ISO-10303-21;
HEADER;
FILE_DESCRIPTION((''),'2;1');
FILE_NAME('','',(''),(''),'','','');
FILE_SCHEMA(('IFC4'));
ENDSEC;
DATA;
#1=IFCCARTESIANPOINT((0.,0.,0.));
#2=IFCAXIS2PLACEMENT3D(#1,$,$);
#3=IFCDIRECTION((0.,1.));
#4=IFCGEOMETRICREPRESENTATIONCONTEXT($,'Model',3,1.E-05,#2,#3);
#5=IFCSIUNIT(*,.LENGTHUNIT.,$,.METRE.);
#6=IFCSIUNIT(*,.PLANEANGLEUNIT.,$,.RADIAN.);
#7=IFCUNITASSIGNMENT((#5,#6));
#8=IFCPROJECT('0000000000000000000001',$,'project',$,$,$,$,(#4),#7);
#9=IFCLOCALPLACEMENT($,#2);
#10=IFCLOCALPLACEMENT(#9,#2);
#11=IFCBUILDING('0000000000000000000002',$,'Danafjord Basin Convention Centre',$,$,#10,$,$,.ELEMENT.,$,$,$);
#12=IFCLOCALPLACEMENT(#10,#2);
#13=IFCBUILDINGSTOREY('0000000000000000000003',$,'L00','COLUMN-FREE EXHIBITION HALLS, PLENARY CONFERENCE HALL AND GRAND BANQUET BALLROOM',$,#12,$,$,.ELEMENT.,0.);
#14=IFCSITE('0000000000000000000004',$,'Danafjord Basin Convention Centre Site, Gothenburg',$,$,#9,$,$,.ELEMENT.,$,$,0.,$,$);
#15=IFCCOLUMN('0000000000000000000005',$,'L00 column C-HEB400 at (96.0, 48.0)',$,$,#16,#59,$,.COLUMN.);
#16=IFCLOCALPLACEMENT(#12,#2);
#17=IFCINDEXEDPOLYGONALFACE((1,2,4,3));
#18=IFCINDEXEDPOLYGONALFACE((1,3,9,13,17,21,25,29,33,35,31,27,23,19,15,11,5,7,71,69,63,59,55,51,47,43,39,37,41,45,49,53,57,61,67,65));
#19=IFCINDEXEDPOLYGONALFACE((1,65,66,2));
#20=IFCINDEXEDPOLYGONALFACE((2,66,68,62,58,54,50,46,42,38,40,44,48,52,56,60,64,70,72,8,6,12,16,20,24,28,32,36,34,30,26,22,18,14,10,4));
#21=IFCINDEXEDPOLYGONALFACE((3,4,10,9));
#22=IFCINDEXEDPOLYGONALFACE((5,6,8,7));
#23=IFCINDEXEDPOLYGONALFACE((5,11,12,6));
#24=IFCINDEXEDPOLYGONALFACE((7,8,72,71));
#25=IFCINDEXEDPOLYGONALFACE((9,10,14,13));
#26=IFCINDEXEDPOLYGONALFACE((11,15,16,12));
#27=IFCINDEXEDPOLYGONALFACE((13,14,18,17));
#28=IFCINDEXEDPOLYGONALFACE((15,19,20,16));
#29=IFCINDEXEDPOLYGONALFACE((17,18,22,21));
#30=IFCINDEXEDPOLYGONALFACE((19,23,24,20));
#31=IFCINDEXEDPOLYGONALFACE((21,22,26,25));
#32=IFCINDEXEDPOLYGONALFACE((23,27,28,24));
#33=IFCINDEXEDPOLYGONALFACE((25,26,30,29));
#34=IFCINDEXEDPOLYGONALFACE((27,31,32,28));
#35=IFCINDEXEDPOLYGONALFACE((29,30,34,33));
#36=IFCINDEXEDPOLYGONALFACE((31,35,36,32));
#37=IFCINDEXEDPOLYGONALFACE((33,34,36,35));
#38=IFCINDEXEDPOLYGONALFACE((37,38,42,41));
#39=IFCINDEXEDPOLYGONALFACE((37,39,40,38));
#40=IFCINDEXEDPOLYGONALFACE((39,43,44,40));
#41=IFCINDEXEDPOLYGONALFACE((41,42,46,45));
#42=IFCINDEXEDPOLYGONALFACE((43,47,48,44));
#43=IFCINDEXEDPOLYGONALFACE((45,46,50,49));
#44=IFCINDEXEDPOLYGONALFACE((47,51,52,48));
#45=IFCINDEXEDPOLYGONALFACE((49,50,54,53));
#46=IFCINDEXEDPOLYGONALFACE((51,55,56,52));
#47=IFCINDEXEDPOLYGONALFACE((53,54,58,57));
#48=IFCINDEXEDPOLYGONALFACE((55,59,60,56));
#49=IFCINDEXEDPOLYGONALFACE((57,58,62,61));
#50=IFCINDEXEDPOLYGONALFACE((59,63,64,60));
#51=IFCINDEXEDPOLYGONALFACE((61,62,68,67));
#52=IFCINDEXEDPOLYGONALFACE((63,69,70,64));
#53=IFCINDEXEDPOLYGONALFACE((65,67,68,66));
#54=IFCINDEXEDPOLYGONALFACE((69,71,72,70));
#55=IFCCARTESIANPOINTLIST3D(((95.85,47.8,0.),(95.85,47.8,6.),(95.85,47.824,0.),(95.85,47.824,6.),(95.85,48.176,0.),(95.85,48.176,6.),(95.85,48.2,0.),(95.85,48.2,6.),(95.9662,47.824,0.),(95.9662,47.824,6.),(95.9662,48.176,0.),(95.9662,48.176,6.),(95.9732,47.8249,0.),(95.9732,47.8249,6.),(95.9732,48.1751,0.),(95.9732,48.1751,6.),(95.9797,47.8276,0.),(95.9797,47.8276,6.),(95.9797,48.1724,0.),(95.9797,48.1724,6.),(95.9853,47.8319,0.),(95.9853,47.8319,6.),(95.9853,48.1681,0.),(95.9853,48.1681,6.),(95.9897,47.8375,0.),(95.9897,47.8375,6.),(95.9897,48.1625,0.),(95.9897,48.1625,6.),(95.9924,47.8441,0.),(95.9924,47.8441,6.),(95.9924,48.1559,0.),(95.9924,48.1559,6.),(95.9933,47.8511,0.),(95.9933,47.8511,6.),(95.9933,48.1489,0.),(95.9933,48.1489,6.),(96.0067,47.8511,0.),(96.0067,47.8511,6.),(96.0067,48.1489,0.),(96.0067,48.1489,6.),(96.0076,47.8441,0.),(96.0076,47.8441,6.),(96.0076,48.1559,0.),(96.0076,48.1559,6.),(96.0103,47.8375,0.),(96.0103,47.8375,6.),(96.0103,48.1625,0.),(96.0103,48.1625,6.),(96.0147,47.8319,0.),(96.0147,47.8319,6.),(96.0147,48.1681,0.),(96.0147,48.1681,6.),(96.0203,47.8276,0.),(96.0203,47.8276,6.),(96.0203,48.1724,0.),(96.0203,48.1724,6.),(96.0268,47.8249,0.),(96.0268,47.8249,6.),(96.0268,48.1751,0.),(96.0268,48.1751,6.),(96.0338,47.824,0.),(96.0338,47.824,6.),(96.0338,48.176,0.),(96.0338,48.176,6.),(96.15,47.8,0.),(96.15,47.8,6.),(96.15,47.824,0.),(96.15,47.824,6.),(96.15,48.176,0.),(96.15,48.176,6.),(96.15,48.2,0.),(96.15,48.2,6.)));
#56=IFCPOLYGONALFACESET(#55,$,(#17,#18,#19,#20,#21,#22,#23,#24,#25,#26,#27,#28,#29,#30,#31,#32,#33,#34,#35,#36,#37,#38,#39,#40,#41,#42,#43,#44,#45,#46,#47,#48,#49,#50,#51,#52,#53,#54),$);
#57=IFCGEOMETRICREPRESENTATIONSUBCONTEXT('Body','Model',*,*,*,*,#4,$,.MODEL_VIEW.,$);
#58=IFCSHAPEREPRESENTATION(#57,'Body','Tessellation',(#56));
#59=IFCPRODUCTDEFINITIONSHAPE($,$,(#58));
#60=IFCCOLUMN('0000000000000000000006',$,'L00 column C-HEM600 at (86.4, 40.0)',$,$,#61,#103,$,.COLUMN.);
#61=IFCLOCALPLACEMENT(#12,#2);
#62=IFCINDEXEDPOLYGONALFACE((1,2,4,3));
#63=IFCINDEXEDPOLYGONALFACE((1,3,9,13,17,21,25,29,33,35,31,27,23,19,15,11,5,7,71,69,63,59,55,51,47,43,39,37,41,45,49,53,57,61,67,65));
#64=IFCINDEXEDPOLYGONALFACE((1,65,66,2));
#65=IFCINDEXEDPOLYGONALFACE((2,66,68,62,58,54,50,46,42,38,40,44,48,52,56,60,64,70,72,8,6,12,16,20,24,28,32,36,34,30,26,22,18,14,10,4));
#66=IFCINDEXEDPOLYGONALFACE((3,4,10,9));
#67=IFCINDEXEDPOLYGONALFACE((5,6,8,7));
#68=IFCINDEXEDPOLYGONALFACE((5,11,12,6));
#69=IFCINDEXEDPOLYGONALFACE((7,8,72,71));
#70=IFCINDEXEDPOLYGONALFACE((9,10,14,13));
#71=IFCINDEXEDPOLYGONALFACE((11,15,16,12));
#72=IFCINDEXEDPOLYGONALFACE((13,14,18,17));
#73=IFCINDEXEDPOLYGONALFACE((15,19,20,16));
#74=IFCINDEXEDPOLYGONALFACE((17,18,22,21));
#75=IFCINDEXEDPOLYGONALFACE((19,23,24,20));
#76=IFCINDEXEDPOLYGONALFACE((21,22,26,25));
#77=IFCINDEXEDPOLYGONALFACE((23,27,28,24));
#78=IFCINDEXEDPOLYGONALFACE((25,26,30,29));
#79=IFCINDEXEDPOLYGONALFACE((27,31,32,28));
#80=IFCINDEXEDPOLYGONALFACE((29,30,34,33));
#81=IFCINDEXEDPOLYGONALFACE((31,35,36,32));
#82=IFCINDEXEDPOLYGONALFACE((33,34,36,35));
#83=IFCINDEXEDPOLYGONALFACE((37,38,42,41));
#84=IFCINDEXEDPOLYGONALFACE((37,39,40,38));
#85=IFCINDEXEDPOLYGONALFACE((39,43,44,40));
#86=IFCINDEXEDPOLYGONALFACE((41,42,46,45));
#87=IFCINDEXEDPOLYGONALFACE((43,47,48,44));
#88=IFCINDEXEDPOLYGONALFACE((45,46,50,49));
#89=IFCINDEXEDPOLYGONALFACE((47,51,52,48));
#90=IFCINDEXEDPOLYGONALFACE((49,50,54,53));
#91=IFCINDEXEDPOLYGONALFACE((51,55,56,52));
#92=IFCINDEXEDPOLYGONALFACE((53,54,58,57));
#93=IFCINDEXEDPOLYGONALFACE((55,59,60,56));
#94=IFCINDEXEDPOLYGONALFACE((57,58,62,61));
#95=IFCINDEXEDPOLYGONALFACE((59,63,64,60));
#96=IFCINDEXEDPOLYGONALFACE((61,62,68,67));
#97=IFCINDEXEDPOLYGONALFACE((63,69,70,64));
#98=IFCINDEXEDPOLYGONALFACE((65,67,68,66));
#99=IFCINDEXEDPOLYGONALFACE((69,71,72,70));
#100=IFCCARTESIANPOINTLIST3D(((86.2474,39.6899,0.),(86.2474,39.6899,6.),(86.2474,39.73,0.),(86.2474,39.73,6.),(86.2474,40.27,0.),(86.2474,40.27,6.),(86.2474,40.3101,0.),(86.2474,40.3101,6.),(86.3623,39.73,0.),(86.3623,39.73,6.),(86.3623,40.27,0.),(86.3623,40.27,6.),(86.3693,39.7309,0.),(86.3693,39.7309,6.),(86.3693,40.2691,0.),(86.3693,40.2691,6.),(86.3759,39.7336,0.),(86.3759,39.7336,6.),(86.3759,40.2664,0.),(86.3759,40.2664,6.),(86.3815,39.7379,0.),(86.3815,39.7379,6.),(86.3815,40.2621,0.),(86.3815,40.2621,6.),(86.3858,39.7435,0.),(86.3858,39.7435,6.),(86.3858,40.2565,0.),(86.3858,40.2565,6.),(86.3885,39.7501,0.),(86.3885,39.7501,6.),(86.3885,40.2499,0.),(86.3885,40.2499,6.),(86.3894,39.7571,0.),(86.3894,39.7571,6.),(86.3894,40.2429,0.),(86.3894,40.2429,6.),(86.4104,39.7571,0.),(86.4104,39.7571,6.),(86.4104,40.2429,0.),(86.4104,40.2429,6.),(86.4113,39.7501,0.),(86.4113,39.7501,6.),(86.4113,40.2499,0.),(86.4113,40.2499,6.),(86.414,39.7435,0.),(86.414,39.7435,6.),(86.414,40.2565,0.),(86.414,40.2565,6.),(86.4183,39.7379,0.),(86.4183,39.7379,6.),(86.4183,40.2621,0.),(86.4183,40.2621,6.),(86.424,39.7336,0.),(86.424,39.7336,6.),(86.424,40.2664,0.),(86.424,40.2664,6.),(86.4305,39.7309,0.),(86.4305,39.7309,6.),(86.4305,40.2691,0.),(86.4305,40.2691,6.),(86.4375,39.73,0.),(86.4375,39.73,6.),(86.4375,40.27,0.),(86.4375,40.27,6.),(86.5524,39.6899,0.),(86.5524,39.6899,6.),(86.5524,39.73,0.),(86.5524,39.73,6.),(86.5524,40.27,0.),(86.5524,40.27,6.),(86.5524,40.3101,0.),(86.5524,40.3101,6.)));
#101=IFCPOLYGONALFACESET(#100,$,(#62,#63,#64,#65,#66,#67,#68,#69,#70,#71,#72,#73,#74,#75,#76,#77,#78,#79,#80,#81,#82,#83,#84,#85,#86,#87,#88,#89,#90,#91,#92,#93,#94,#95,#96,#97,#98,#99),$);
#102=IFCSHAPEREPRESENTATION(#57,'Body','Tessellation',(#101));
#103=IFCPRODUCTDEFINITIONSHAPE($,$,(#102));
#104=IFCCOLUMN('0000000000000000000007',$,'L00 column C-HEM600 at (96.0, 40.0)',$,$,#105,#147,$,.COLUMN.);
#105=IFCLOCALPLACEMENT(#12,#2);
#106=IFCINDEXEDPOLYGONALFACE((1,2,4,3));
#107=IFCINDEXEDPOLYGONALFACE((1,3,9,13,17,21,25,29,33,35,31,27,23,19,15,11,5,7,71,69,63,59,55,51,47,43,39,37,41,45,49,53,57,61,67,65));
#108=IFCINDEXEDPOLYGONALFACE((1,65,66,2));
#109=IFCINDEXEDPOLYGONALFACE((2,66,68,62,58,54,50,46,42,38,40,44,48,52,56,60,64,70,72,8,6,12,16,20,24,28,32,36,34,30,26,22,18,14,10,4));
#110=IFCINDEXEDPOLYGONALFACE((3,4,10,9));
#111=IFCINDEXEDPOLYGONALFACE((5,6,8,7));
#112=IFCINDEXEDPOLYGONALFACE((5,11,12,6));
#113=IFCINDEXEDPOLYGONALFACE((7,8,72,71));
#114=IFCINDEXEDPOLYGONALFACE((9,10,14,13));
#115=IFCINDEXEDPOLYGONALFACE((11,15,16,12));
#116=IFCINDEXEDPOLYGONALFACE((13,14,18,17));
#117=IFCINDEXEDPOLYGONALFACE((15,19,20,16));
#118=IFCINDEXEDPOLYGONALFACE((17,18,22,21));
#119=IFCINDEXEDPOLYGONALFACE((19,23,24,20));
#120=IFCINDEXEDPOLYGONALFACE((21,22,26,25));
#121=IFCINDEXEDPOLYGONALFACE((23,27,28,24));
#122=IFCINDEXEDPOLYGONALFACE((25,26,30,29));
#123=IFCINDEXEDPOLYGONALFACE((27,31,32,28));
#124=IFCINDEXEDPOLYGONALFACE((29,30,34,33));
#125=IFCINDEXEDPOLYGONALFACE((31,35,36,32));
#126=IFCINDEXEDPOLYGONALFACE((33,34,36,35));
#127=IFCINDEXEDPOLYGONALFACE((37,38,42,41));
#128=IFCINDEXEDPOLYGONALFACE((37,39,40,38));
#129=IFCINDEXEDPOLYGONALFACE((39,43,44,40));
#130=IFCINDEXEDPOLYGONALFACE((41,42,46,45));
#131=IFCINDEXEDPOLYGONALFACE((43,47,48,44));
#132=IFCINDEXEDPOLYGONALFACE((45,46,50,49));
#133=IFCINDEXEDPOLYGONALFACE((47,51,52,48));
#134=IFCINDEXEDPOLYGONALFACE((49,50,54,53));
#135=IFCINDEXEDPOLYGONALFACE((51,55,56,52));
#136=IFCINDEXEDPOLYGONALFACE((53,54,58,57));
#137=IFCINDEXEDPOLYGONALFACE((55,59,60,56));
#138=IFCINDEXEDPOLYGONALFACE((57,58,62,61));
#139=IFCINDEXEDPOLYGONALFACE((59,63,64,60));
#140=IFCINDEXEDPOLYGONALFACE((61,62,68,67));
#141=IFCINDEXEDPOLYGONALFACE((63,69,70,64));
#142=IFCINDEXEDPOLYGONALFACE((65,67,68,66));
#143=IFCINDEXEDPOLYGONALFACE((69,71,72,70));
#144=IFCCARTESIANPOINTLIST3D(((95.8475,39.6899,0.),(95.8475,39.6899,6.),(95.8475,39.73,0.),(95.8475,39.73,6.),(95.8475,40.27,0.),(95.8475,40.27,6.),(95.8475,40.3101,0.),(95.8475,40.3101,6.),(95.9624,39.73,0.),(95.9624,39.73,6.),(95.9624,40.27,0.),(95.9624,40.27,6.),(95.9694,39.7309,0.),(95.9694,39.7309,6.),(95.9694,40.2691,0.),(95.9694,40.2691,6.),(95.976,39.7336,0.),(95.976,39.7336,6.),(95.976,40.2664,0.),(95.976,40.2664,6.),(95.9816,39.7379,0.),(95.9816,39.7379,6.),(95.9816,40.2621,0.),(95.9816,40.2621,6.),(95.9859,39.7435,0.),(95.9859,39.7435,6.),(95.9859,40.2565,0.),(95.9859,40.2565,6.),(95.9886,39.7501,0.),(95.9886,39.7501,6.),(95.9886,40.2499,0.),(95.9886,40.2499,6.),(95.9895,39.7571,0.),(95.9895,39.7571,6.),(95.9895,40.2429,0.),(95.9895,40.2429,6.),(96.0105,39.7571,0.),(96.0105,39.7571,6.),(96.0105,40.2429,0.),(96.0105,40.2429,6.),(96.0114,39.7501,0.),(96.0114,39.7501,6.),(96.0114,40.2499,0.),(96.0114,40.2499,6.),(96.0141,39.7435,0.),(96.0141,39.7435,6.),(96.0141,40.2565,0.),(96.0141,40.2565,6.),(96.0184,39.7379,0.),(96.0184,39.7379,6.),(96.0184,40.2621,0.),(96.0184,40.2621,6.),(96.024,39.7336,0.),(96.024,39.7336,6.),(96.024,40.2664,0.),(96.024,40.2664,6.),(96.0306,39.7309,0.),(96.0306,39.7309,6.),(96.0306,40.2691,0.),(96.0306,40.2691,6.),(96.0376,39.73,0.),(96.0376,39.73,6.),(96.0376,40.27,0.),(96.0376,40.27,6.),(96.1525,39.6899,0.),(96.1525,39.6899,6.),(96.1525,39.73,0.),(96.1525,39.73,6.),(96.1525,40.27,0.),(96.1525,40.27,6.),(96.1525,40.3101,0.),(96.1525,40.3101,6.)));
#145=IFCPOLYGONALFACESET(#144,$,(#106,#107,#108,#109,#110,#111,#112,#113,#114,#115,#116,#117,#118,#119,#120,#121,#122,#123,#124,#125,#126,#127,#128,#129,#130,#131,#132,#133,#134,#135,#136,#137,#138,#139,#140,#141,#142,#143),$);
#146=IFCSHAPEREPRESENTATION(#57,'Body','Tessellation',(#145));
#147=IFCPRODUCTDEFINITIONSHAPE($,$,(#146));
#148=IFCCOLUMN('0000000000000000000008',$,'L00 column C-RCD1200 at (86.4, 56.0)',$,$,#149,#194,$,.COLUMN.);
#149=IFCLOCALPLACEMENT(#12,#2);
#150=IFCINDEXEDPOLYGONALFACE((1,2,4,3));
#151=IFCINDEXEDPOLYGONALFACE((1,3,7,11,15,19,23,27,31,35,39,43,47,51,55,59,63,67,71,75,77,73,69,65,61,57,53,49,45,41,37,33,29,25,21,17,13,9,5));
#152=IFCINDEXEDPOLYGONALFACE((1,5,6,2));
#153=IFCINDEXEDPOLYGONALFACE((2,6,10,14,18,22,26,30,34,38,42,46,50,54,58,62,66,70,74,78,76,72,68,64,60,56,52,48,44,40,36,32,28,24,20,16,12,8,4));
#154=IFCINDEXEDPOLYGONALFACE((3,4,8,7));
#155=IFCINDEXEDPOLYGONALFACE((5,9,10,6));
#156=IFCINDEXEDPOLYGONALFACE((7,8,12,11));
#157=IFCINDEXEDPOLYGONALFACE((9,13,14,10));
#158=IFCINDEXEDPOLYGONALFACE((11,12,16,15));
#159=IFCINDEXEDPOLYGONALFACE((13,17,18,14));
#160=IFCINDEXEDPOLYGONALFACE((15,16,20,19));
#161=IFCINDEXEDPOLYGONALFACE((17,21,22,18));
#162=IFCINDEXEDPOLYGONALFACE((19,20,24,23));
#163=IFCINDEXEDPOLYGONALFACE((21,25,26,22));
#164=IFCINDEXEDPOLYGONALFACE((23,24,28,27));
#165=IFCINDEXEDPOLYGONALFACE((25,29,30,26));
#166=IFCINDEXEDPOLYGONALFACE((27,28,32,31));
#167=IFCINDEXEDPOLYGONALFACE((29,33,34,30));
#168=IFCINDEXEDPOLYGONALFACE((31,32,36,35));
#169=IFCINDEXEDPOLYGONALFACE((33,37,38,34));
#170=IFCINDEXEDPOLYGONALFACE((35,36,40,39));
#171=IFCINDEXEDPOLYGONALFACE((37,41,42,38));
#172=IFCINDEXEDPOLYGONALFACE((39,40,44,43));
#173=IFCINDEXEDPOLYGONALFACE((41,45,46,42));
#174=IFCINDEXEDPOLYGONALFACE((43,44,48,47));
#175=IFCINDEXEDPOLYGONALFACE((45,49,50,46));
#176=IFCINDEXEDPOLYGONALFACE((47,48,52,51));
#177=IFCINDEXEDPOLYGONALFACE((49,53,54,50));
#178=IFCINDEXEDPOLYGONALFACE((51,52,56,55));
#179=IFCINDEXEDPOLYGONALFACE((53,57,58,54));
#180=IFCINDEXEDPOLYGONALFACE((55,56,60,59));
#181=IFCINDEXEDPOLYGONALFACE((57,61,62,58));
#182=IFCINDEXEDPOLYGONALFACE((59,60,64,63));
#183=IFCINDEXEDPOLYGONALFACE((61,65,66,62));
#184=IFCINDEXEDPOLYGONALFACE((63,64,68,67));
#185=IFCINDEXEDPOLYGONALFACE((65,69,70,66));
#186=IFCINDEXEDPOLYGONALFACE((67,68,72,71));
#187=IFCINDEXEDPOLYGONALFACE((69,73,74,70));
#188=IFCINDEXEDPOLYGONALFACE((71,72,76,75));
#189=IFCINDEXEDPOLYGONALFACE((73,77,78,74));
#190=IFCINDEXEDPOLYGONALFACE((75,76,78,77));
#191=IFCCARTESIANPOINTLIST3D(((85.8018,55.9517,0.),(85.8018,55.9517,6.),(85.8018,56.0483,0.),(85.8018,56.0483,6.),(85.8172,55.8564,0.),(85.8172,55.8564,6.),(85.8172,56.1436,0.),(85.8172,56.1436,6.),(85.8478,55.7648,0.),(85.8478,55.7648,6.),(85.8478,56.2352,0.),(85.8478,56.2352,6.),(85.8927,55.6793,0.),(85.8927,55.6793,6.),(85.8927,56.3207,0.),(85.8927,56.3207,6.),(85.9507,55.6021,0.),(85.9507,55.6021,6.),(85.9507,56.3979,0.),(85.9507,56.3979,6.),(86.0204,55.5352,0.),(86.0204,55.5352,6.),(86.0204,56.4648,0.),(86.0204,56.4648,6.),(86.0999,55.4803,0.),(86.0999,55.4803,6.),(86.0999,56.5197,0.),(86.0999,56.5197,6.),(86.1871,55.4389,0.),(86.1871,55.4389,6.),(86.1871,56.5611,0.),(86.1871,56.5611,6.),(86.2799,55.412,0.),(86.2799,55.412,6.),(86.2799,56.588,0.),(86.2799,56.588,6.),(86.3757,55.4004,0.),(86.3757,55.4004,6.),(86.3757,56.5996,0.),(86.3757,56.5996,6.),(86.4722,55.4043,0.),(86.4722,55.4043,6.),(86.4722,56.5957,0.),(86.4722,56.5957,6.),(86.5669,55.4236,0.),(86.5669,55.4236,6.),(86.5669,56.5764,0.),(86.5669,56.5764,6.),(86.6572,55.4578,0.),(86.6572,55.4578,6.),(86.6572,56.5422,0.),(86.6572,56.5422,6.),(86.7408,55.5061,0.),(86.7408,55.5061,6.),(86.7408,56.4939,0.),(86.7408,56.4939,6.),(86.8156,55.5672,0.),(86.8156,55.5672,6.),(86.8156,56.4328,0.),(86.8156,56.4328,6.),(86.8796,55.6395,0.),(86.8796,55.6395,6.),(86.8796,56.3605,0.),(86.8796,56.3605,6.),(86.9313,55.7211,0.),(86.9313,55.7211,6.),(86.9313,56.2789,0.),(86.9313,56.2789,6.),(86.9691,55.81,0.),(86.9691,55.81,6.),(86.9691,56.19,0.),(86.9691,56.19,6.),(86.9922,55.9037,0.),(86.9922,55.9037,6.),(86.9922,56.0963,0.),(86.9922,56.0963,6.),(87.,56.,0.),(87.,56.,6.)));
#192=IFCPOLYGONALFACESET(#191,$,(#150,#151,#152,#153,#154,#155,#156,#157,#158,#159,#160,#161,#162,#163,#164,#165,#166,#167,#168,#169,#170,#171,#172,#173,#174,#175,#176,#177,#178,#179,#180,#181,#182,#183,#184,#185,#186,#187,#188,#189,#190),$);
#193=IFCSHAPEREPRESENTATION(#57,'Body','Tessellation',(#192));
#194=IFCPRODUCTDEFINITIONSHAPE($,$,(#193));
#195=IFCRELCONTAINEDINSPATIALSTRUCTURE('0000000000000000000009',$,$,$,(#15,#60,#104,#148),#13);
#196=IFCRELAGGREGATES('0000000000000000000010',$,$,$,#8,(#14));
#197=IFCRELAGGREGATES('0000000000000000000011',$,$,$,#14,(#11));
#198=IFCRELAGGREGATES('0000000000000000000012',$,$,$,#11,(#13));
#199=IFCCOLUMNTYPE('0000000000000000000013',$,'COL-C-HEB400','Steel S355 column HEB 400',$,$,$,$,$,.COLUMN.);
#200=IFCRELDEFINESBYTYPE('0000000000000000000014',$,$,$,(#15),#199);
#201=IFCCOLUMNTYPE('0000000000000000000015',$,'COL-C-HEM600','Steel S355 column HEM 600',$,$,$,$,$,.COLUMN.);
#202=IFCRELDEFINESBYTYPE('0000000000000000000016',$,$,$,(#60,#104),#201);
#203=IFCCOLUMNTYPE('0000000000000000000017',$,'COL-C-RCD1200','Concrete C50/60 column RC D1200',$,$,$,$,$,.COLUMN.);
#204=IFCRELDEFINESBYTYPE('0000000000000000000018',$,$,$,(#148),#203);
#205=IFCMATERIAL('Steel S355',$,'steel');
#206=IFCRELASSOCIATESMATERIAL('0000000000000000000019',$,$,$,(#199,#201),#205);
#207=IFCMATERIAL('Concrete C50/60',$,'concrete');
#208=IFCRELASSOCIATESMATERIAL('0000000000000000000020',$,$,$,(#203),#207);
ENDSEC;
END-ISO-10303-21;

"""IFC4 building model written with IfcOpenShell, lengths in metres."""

from ifc_helpers import new_model, si_unit, direction, frame, origin, origin_2d, place, context, subcontext, project, spatial, circle, i_section, extrude, material, material_profile, profile_set, type_object, element, save


model = new_model("IFC4")

# Units and contexts
model_context = context("Model", 3, precision=1e-05, world=origin(), true_north=direction((0.0, 1.0)))
body_context = subcontext(model_context, "Body", "Model", "MODEL_VIEW")
ifc_project = project(units=[si_unit("LENGTHUNIT", "METRE"), si_unit("PLANEANGLEUNIT", "RADIAN")], contexts=[model_context])

# Site, building, storey
site_placement = place(None, origin())
site = spatial("IfcSite", under=ifc_project, at=site_placement, Name="Danafjord Basin Convention Centre Site, Gothenburg", CompositionType="ELEMENT", RefElevation=0.0)
building_placement = place(site_placement, origin())
building = spatial("IfcBuilding", under=site, at=building_placement, Name="Danafjord Basin Convention Centre", CompositionType="ELEMENT")
storey_placement = place(building_placement, origin())
storey = spatial("IfcBuildingStorey", under=building, at=storey_placement, Name="L00", Description="COLUMN-FREE EXHIBITION HALLS, PLENARY CONFERENCE HALL AND GRAND BANQUET BALLROOM", CompositionType="ELEMENT", Elevation=0.0)

# Columns
ifc_material_1 = material(Name="Steel S355", Category="steel")
ifc_material_profile_1 = material_profile(ifc_material_1, i_section(OverallWidth=0.3, OverallDepth=0.3999, WebThickness=0.0134, FlangeThickness=0.0239, FilletRadius=0.0271, at=origin_2d()), Name="HEB 400")
ifc_profile_set_1 = profile_set([ifc_material_profile_1], Name="Steel S355")
column_type_1 = type_object("IfcColumnType", Name="COL-C-HEB400", Description="Steel S355 column HEB 400", PredefinedType="COLUMN", material=ifc_profile_set_1)
column_1_placement = place(storey_placement, frame((96.0, 48.0, 0.0), z_axis=(0.0, 0.0, 1.0), x_axis=(1.0, 0.0, 0.0)))
element("IfcColumn", 1, at=column_1_placement, inside=storey, type_object=column_type_1, Name="L00 column C-HEB400 at (96.0, 48.0)", PredefinedType="COLUMN", context=body_context, shape_type="SweptSolid", body=[
    extrude(i_section(OverallWidth=0.3, OverallDepth=0.3999, WebThickness=0.0134, FlangeThickness=0.0239, FilletRadius=0.0271, at=origin_2d()), origin(), (0.0, 0.0, 1.0), 6.0),
])
ifc_material_profile_2 = material_profile(ifc_material_1, i_section(OverallWidth=0.3049, OverallDepth=0.6201, WebThickness=0.021, FlangeThickness=0.04, FilletRadius=0.0271, at=origin_2d()), Name="HEM 600")
ifc_profile_set_2 = profile_set([ifc_material_profile_2], Name="Steel S355")
column_type_2 = type_object("IfcColumnType", Name="COL-C-HEM600", Description="Steel S355 column HEM 600", PredefinedType="COLUMN", material=ifc_profile_set_2)
for number, where, z_axis, x_axis, name in (
    (2, (86.3999, 40.0, 0.0), (0.0, 0.0, 1.0), (1.0, 0.0, 0.0), "L00 column C-HEM600 at (86.4, 40.0)"),
    (3, (96.0, 40.0, 0.0), (0.0, 0.0, 1.0), (1.0, 0.0, 0.0), "L00 column C-HEM600 at (96.0, 40.0)"),
):
    element("IfcColumn", number, at=place(storey_placement, frame(where, z_axis=z_axis, x_axis=x_axis)), inside=storey, type_object=column_type_2, Name=name, PredefinedType="COLUMN", context=body_context, shape_type="SweptSolid", body=[
        extrude(i_section(OverallWidth=0.3049, OverallDepth=0.6201, WebThickness=0.021, FlangeThickness=0.04, FilletRadius=0.0271, at=origin_2d()), origin(), (0.0, 0.0, 1.0), 6.0),
    ])
ifc_material_2 = material(Name="Concrete C50/60", Category="concrete")
ifc_material_profile_3 = material_profile(ifc_material_2, circle(Radius=0.6001, at=origin_2d()), Name="RC D1200")
ifc_profile_set_3 = profile_set([ifc_material_profile_3], Name="Concrete C50/60")
column_type_3 = type_object("IfcColumnType", Name="COL-C-RCD1200", Description="Concrete C50/60 column RC D1200", PredefinedType="COLUMN", material=ifc_profile_set_3)
column_2_placement = place(storey_placement, frame((86.3999, 56.0, 0.0), z_axis=(0.0, 0.0, 1.0), x_axis=(1.0, 0.0, 0.0)))
element("IfcColumn", 4, at=column_2_placement, inside=storey, type_object=column_type_3, Name="L00 column C-RCD1200 at (86.4, 56.0)", PredefinedType="COLUMN", context=body_context, shape_type="SweptSolid", body=[
    extrude(circle(Radius=0.6001, at=origin_2d()), origin(), (0.0, 0.0, 1.0), 6.0),
])

save(model, "model.ifc")
